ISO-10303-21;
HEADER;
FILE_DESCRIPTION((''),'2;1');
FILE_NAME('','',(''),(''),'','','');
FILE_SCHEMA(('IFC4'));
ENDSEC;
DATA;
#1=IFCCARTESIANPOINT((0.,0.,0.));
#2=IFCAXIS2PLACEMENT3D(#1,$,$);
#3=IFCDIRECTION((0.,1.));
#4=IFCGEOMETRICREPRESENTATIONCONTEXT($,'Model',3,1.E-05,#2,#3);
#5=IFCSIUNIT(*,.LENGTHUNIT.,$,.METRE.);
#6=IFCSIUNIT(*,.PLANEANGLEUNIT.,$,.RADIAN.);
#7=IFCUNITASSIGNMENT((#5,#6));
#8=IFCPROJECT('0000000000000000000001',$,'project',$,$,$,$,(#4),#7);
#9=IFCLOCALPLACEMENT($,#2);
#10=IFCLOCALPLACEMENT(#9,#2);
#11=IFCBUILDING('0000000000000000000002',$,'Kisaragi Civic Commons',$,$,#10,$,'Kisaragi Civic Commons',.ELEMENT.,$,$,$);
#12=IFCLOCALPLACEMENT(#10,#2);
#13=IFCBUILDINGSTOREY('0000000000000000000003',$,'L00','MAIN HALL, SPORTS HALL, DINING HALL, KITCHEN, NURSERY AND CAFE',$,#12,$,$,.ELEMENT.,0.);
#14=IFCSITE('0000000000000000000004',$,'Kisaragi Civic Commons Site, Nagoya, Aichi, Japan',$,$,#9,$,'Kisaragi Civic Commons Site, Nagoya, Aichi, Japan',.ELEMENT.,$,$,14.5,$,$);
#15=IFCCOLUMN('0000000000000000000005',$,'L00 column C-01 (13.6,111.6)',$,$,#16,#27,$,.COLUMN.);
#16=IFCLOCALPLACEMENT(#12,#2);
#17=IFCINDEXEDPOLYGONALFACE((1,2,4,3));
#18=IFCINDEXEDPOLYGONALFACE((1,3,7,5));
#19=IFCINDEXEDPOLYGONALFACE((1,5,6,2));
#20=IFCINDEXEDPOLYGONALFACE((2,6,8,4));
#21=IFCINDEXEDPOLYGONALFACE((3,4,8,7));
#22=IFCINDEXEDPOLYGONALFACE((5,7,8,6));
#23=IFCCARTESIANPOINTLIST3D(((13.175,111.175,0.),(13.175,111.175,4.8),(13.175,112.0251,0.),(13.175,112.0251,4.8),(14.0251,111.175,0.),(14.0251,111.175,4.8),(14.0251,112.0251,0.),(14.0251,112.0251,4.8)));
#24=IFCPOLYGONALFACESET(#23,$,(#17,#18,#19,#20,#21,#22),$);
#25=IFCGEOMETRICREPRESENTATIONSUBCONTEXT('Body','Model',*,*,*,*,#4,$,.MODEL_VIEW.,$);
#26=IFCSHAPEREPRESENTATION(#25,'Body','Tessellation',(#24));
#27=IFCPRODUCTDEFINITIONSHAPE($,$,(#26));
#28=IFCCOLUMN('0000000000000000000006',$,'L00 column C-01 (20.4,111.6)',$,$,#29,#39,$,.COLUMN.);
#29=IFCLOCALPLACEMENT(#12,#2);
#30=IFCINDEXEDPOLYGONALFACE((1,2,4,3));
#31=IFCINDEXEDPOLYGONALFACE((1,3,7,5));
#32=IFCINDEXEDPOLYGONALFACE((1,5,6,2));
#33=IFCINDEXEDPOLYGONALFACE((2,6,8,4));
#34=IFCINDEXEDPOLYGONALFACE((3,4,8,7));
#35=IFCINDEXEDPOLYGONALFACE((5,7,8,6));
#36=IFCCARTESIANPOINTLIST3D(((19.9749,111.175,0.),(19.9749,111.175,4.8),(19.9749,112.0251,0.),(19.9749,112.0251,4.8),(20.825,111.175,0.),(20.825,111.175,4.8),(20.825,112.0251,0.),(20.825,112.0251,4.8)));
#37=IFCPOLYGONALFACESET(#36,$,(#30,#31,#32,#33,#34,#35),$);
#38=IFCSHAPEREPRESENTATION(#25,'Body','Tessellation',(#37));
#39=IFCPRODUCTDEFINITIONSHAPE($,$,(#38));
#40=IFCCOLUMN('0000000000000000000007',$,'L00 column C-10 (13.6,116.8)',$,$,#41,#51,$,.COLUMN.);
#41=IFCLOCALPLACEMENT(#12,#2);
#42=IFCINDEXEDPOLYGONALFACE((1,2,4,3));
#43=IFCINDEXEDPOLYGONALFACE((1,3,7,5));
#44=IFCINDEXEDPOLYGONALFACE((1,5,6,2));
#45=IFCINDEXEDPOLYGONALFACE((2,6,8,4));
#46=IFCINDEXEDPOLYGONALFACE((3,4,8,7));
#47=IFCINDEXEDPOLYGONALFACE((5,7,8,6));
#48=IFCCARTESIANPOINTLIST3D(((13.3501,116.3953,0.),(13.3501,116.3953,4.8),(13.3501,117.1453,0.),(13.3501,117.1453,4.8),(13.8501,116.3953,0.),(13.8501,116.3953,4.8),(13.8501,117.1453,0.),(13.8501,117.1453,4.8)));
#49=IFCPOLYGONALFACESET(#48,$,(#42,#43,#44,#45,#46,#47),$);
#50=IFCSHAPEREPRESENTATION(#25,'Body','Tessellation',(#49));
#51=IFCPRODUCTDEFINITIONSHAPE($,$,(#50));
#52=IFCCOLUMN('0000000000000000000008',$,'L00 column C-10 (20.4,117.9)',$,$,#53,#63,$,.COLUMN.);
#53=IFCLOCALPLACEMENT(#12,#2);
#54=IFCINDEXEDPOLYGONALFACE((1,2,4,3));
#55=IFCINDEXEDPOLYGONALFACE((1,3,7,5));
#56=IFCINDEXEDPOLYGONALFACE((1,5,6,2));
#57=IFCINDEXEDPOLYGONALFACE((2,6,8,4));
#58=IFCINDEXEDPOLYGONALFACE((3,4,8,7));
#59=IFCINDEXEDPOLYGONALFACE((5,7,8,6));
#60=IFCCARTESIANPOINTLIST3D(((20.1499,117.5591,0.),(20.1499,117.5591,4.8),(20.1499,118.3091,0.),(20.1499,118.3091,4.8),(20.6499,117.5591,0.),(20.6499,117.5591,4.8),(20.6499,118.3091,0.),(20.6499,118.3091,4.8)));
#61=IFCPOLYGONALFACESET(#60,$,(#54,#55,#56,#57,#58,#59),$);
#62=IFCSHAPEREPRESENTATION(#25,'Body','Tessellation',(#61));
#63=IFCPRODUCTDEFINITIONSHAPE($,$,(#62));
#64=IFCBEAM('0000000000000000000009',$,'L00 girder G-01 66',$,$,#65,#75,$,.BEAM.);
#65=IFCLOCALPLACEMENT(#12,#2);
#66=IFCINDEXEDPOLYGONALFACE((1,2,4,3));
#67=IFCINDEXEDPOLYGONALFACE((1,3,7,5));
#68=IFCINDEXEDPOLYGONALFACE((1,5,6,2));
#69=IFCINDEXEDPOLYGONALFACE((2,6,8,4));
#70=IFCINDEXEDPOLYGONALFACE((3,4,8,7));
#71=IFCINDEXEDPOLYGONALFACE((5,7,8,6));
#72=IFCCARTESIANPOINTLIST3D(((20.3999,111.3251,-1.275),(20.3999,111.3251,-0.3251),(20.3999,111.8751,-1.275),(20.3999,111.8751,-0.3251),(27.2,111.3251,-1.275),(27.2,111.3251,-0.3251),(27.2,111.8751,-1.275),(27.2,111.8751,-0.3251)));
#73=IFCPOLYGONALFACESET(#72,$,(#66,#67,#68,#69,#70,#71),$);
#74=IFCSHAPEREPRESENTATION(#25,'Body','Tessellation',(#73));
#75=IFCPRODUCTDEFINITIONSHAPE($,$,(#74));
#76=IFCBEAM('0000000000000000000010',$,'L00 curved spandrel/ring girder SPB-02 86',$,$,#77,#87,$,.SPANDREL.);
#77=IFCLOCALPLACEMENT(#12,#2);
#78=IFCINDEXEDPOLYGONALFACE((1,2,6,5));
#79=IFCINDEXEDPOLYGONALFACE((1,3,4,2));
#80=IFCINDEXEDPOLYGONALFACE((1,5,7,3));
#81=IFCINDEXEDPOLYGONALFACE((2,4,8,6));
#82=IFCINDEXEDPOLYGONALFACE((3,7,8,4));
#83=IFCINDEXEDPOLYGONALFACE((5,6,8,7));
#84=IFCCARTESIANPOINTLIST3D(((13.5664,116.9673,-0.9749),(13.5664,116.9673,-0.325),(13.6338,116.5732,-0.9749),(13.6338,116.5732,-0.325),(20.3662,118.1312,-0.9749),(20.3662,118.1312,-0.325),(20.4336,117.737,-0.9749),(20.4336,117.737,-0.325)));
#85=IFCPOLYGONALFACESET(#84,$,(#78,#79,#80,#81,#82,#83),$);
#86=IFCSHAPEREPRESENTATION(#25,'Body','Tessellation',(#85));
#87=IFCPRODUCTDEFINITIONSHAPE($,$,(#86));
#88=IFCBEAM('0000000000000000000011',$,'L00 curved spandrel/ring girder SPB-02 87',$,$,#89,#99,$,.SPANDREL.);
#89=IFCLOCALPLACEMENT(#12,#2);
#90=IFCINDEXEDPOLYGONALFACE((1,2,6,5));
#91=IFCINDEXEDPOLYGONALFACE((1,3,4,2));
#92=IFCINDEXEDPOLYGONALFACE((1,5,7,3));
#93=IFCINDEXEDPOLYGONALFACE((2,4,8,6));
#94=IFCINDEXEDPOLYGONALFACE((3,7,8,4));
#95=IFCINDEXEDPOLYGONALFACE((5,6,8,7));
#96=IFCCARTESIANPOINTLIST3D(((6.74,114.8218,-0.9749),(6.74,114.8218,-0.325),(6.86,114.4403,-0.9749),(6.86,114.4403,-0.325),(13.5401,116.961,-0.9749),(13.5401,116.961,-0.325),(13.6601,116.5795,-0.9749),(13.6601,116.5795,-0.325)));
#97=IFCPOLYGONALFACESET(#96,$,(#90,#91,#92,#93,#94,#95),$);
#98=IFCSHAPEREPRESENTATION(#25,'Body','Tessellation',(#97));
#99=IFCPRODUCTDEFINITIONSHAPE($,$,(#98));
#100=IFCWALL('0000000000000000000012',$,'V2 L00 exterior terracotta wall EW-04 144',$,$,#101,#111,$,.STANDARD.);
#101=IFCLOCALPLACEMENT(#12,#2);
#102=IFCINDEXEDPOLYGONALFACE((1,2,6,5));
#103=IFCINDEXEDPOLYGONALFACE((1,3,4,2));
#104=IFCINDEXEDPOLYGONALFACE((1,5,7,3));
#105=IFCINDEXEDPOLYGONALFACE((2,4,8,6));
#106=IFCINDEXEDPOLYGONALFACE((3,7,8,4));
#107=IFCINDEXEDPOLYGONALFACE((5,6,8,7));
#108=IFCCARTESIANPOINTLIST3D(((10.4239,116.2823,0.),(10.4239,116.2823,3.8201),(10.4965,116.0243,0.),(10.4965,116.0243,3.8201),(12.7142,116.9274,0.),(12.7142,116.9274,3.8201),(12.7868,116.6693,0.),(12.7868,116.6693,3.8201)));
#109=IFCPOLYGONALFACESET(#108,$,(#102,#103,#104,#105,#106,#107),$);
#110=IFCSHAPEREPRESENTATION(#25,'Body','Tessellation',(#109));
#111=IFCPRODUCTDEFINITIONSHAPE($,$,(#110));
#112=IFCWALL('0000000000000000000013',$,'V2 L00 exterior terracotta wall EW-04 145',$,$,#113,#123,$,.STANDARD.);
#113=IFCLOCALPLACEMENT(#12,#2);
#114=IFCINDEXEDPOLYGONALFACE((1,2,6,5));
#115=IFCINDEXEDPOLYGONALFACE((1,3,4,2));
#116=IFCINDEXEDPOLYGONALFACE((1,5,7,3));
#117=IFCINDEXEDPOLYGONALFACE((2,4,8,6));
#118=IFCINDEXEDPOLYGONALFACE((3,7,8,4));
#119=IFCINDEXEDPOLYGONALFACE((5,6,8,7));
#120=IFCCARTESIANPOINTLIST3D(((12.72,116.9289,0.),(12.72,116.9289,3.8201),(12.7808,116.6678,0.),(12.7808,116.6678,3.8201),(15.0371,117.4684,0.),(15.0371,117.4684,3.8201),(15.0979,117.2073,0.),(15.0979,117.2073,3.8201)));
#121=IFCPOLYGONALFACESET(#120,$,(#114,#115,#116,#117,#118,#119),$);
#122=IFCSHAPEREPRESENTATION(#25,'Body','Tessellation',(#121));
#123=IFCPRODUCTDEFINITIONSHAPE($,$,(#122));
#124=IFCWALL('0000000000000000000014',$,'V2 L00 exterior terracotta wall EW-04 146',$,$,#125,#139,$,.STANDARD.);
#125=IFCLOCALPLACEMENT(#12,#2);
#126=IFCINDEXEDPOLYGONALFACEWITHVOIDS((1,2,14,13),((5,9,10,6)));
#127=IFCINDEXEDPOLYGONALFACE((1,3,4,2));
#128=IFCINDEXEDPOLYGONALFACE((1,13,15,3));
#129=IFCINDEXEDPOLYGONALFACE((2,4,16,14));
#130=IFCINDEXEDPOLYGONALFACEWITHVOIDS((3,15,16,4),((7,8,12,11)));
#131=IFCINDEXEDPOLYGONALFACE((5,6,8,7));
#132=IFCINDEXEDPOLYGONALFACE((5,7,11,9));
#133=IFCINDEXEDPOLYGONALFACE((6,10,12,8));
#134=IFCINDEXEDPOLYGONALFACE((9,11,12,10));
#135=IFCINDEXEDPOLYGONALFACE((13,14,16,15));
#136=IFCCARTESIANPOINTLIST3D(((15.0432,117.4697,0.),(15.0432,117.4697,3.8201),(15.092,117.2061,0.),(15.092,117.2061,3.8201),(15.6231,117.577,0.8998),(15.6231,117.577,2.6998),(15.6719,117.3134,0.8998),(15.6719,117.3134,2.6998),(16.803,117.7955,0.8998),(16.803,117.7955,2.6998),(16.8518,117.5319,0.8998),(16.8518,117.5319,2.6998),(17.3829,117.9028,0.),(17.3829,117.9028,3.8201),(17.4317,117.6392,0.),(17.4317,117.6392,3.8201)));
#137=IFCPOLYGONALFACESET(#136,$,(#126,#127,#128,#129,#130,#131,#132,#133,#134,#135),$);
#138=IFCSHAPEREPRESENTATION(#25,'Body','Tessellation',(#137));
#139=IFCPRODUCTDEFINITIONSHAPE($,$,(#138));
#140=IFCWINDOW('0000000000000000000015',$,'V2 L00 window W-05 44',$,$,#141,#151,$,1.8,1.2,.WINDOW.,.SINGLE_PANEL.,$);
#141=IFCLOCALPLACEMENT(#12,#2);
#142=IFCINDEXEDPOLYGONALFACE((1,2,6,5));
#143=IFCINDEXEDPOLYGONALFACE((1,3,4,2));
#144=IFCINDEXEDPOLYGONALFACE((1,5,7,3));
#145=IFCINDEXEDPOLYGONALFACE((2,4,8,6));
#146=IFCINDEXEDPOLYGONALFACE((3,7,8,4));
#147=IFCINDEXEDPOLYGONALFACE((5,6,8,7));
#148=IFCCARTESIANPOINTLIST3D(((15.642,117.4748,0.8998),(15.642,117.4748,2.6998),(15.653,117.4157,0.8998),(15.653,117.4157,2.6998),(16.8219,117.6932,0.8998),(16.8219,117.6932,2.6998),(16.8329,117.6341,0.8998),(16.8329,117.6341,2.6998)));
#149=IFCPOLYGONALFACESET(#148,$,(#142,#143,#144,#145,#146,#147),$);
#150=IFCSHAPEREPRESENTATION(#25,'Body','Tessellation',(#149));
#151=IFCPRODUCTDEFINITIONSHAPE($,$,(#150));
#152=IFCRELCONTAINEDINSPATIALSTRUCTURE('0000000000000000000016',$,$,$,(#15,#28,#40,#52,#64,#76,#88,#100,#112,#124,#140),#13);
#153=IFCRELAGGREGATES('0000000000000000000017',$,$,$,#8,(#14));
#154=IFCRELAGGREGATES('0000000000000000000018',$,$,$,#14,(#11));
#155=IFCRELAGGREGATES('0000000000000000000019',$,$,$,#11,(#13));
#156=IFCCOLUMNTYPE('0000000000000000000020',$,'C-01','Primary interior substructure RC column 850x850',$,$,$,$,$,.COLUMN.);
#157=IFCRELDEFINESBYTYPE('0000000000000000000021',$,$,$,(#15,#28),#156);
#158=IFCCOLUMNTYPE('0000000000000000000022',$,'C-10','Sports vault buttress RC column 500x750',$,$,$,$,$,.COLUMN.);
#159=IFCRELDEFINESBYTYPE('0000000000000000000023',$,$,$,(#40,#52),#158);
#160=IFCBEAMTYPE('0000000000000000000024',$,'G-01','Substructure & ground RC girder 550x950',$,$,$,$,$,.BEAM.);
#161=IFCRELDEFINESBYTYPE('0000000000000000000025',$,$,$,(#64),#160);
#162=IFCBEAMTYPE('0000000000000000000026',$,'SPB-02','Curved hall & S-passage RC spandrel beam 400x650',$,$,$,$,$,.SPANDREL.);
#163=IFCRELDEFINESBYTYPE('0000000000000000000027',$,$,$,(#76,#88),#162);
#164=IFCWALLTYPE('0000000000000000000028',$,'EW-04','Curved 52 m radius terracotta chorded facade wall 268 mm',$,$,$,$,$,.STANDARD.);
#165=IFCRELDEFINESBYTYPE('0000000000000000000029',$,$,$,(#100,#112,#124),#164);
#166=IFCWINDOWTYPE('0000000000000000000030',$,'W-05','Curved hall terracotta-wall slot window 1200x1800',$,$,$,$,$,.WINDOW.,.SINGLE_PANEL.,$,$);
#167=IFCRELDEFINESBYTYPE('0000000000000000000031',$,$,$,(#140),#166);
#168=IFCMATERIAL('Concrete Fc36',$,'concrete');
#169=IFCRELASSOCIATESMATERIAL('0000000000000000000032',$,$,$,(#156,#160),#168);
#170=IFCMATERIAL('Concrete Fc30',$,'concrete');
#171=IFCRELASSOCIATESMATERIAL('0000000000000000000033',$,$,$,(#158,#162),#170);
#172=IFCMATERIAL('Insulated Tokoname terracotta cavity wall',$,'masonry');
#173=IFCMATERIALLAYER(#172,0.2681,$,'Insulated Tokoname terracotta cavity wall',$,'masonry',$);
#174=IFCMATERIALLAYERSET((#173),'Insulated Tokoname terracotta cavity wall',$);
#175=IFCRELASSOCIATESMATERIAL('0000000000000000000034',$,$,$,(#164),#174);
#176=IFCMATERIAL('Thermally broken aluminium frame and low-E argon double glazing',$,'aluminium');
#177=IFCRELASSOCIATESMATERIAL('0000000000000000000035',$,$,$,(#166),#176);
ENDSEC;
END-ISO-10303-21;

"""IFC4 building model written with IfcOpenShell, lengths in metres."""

from ifc_helpers import new_model, si_unit, direction, frame, frame_2d, origin, origin_2d, place, context, subcontext, project, spatial, rectangle, extrude, material, layer, layer_set, material_profile, profile_set, type_object, element, fill, save


model = new_model("IFC4")

# Units and contexts
model_context = context("Model", 3, precision=1e-05, world=origin(), true_north=direction((0.0, 1.0)))
body_context = subcontext(model_context, "Body", "Model", "MODEL_VIEW")
ifc_project = project(units=[si_unit("LENGTHUNIT", "METRE"), si_unit("PLANEANGLEUNIT", "RADIAN")], contexts=[model_context])

# Site, building, storey
site_placement = place(None, origin())
site = spatial("IfcSite", under=ifc_project, at=site_placement, Name="Kisaragi Civic Commons Site, Nagoya, Aichi, Japan", LongName="Kisaragi Civic Commons Site, Nagoya, Aichi, Japan", CompositionType="ELEMENT", RefElevation=14.5)
building_placement = place(site_placement, origin())
building = spatial("IfcBuilding", under=site, at=building_placement, Name="Kisaragi Civic Commons", LongName="Kisaragi Civic Commons", CompositionType="ELEMENT")
storey_placement = place(building_placement, origin())
storey = spatial("IfcBuildingStorey", under=building, at=storey_placement, Name="L00", Description="MAIN HALL, SPORTS HALL, DINING HALL, KITCHEN, NURSERY AND CAFE", CompositionType="ELEMENT", Elevation=0.0)

# Columns
ifc_material_1 = material(Name="Concrete Fc36", Category="concrete")
ifc_material_profile_1 = material_profile(ifc_material_1, rectangle(XDim=0.8501, YDim=0.8501, at=origin_2d()), Name="RC-850x850", Category="concrete")
ifc_profile_set_1 = profile_set([ifc_material_profile_1], Name="Concrete Fc36")
column_type_1 = type_object("IfcColumnType", Name="C-01", Description="Primary interior substructure RC column 850x850", PredefinedType="COLUMN", material=ifc_profile_set_1)
for number, where, z_axis, x_axis, name in (
    (1, (13.6001, 111.6001, 0.0), (0.0, 0.0, 1.0), (1.0, 0.0, 0.0), "L00 column C-01 (13.6,111.6)"),
    (2, (20.3999, 111.6001, 0.0), (0.0, 0.0, 1.0), (1.0, 0.0, 0.0), "L00 column C-01 (20.4,111.6)"),
):
    element("IfcColumn", number, at=place(storey_placement, frame(where, z_axis=z_axis, x_axis=x_axis)), inside=storey, type_object=column_type_1, Name=name, PredefinedType="COLUMN", context=body_context, shape_type="SweptSolid", body=[
        extrude(rectangle(XDim=0.8501, YDim=0.8501, at=origin_2d()), origin(), (0.0, 0.0, 1.0), 4.8),
    ])
ifc_material_2 = material(Name="Concrete Fc30", Category="concrete")
ifc_material_profile_2 = material_profile(ifc_material_2, rectangle(XDim=0.5, YDim=0.75, at=origin_2d()), Name="RC-500x750", Category="concrete")
ifc_profile_set_2 = profile_set([ifc_material_profile_2], Name="Concrete Fc30")
column_type_2 = type_object("IfcColumnType", Name="C-10", Description="Sports vault buttress RC column 500x750", PredefinedType="COLUMN", material=ifc_profile_set_2)
for number, where, z_axis, x_axis, name in (
    (3, (13.6001, 116.7703, 0.0), (0.0, 0.0, 1.0), (1.0, 0.0, 0.0), "L00 column C-10 (13.6,116.8)"),
    (4, (20.3999, 117.9341, 0.0), (0.0, 0.0, 1.0), (1.0, 0.0, 0.0), "L00 column C-10 (20.4,117.9)"),
):
    element("IfcColumn", number, at=place(storey_placement, frame(where, z_axis=z_axis, x_axis=x_axis)), inside=storey, type_object=column_type_2, Name=name, PredefinedType="COLUMN", context=body_context, shape_type="SweptSolid", body=[
        extrude(rectangle(XDim=0.5, YDim=0.75, at=origin_2d()), origin(), (0.0, 0.0, 1.0), 4.8),
    ])

# Beams
ifc_material_profile_3 = material_profile(ifc_material_1, rectangle(XDim=0.55, YDim=0.95, at=origin_2d()), Name="RC-550x950", Category="concrete")
ifc_profile_set_3 = profile_set([ifc_material_profile_3], Name="Concrete Fc36")
beam_type_1 = type_object("IfcBeamType", Name="G-01", Description="Substructure & ground RC girder 550x950", PredefinedType="BEAM", material=ifc_profile_set_3)
beam_1_placement = place(storey_placement, frame((20.3999, 111.6001, -0.8), z_axis=(1.0, 0.0, 0.0), x_axis=(0.0, 1.0, 0.0)))
element("IfcBeam", 5, at=beam_1_placement, inside=storey, type_object=beam_type_1, Name="L00 girder G-01 66", PredefinedType="BEAM", context=body_context, shape_type="SweptSolid", body=[
    extrude(rectangle(XDim=0.55, YDim=0.95, at=origin_2d()), origin(), (0.0, 0.0, 1.0), 6.8),
])
ifc_material_profile_4 = material_profile(ifc_material_2, rectangle(XDim=0.3999, YDim=0.6499, at=origin_2d()), Name="RC-400x650", Category="concrete")
ifc_profile_set_4 = profile_set([ifc_material_profile_4], Name="Concrete Fc30")
beam_type_2 = type_object("IfcBeamType", Name="SPB-02", Description="Curved hall & S-passage RC spandrel beam 400x650", PredefinedType="SPANDREL", material=ifc_profile_set_4)
beam_2_placement = place(storey_placement, frame((20.3999, 117.9341, -0.6499), z_axis=(-0.985667, -0.168702, 0.0), x_axis=(0.168702, -0.985667, 0.0)))
element("IfcBeam", 6, at=beam_2_placement, inside=storey, type_object=beam_type_2, Name="L00 curved spandrel/ring girder SPB-02 86", PredefinedType="SPANDREL", context=body_context, shape_type="SweptSolid", body=[
    extrude(rectangle(XDim=0.3999, YDim=0.6499, at=origin_2d()), origin(), (0.0, 0.0, 1.0), 6.8987),
])
beam_3_placement = place(storey_placement, frame((13.6001, 116.7703, -0.6499), z_axis=(-0.953913, -0.300082, 0.0), x_axis=(0.300082, -0.953913, 0.0)))
element("IfcBeam", 7, at=beam_3_placement, inside=storey, type_object=beam_type_2, Name="L00 curved spandrel/ring girder SPB-02 87", PredefinedType="SPANDREL", context=body_context, shape_type="SweptSolid", body=[
    extrude(rectangle(XDim=0.3999, YDim=0.6499, at=origin_2d()), origin(), (0.0, 0.0, 1.0), 7.1287),
])

# Walls
ifc_material_3 = material(Name="Insulated Tokoname terracotta cavity wall", Category="masonry")
ifc_layer_1 = layer(ifc_material_3, 0.2681, Name="Insulated Tokoname terracotta cavity wall", Category="masonry")
ifc_layer_set_1 = layer_set([ifc_layer_1], Name="Insulated Tokoname terracotta cavity wall")
wall_type_1 = type_object("IfcWallType", Name="EW-04", Description="Curved 52 m radius terracotta chorded facade wall 268 mm", PredefinedType="STANDARD", material=ifc_layer_set_1)
wall_1_placement = place(storey_placement, frame((10.4602, 116.1533, 0.0), z_axis=(0.0, 0.0, 1.0), x_axis=(0.962555, 0.271087, 0.0)))
element("IfcWall", 8, at=wall_1_placement, inside=storey, type_object=wall_type_1, Name="V2 L00 exterior terracotta wall EW-04 144", PredefinedType="STANDARD", context=body_context, shape_type="SweptSolid", body=[
    extrude(rectangle(XDim=2.3794, YDim=0.2681, at=frame_2d((1.1897, 0.0))), origin(), (0.0, 0.0, 1.0), 3.8201),
])
wall_2_placement = place(storey_placement, frame((12.7505, 116.7983, 0.0), z_axis=(0.0, 0.0, 1.0), x_axis=(0.973945, 0.226785, 0.0)))
element("IfcWall", 9, at=wall_2_placement, inside=storey, type_object=wall_type_1, Name="V2 L00 exterior terracotta wall EW-04 145", PredefinedType="STANDARD", context=body_context, shape_type="SweptSolid", body=[
    extrude(rectangle(XDim=2.3792, YDim=0.2681, at=frame_2d((1.1895, 0.0))), origin(), (0.0, 0.0, 1.0), 3.8201),
])

# Wall, opening, window
wall_3_placement = place(storey_placement, frame((15.0676, 117.3379, 0.0), z_axis=(0.0, 0.0, 1.0), x_axis=(0.983294, 0.182027, 0.0)))
wall_3 = element("IfcWall", 10, at=wall_3_placement, inside=storey, type_object=wall_type_1, Name="V2 L00 exterior terracotta wall EW-04 146", PredefinedType="STANDARD", context=body_context, shape_type="SweptSolid", body=[
    extrude(rectangle(XDim=2.3794, YDim=0.2681, at=frame_2d((1.1897, 0.0))), origin(), (0.0, 0.0, 1.0), 3.8201),
])
opening_1_placement = place(wall_3_placement, frame((0.5896, 0.0, 0.8999)))
opening_1 = element("IfcOpeningElement", 11, at=opening_1_placement, cuts=wall_3, PredefinedType="OPENING", context=body_context, shape_type="SweptSolid", body=[
    extrude(rectangle(XDim=1.2, YDim=1.8, at=frame_2d((0.6001, 0.8999))), frame((0.0, 0.144, 0.0), z_axis=(0.0, -1.0, 0.0), x_axis=(1.0, 0.0, 0.0)), (0.0, 0.0, 1.0), 0.2881),
])
ifc_material_4 = material(Name="Thermally broken aluminium frame and low-E argon double glazing", Category="aluminium")
window_type = type_object("IfcWindowType", Name="W-05", Description="Curved hall terracotta-wall slot window 1200x1800", PartitioningType="SINGLE_PANEL", PredefinedType="WINDOW", material=ifc_material_4)
window_1_placement = place(opening_1_placement, origin())
window_1 = element("IfcWindow", 12, at=window_1_placement, inside=storey, type_object=window_type, Name="V2 L00 window W-05 44", OverallHeight=1.8, OverallWidth=1.2, PartitioningType="SINGLE_PANEL", PredefinedType="WINDOW", context=body_context, shape_type="SweptSolid", body=[
    extrude(rectangle(XDim=1.2, YDim=1.8, at=frame_2d((0.6001, 0.8999))), frame((0.0, 0.03, 0.0), z_axis=(0.0, -1.0, 0.0), x_axis=(1.0, 0.0, 0.0)), (0.0, 0.0, 1.0), 0.0601),
])
fill(opening_1, window_1)

save(model, "model.ifc")
